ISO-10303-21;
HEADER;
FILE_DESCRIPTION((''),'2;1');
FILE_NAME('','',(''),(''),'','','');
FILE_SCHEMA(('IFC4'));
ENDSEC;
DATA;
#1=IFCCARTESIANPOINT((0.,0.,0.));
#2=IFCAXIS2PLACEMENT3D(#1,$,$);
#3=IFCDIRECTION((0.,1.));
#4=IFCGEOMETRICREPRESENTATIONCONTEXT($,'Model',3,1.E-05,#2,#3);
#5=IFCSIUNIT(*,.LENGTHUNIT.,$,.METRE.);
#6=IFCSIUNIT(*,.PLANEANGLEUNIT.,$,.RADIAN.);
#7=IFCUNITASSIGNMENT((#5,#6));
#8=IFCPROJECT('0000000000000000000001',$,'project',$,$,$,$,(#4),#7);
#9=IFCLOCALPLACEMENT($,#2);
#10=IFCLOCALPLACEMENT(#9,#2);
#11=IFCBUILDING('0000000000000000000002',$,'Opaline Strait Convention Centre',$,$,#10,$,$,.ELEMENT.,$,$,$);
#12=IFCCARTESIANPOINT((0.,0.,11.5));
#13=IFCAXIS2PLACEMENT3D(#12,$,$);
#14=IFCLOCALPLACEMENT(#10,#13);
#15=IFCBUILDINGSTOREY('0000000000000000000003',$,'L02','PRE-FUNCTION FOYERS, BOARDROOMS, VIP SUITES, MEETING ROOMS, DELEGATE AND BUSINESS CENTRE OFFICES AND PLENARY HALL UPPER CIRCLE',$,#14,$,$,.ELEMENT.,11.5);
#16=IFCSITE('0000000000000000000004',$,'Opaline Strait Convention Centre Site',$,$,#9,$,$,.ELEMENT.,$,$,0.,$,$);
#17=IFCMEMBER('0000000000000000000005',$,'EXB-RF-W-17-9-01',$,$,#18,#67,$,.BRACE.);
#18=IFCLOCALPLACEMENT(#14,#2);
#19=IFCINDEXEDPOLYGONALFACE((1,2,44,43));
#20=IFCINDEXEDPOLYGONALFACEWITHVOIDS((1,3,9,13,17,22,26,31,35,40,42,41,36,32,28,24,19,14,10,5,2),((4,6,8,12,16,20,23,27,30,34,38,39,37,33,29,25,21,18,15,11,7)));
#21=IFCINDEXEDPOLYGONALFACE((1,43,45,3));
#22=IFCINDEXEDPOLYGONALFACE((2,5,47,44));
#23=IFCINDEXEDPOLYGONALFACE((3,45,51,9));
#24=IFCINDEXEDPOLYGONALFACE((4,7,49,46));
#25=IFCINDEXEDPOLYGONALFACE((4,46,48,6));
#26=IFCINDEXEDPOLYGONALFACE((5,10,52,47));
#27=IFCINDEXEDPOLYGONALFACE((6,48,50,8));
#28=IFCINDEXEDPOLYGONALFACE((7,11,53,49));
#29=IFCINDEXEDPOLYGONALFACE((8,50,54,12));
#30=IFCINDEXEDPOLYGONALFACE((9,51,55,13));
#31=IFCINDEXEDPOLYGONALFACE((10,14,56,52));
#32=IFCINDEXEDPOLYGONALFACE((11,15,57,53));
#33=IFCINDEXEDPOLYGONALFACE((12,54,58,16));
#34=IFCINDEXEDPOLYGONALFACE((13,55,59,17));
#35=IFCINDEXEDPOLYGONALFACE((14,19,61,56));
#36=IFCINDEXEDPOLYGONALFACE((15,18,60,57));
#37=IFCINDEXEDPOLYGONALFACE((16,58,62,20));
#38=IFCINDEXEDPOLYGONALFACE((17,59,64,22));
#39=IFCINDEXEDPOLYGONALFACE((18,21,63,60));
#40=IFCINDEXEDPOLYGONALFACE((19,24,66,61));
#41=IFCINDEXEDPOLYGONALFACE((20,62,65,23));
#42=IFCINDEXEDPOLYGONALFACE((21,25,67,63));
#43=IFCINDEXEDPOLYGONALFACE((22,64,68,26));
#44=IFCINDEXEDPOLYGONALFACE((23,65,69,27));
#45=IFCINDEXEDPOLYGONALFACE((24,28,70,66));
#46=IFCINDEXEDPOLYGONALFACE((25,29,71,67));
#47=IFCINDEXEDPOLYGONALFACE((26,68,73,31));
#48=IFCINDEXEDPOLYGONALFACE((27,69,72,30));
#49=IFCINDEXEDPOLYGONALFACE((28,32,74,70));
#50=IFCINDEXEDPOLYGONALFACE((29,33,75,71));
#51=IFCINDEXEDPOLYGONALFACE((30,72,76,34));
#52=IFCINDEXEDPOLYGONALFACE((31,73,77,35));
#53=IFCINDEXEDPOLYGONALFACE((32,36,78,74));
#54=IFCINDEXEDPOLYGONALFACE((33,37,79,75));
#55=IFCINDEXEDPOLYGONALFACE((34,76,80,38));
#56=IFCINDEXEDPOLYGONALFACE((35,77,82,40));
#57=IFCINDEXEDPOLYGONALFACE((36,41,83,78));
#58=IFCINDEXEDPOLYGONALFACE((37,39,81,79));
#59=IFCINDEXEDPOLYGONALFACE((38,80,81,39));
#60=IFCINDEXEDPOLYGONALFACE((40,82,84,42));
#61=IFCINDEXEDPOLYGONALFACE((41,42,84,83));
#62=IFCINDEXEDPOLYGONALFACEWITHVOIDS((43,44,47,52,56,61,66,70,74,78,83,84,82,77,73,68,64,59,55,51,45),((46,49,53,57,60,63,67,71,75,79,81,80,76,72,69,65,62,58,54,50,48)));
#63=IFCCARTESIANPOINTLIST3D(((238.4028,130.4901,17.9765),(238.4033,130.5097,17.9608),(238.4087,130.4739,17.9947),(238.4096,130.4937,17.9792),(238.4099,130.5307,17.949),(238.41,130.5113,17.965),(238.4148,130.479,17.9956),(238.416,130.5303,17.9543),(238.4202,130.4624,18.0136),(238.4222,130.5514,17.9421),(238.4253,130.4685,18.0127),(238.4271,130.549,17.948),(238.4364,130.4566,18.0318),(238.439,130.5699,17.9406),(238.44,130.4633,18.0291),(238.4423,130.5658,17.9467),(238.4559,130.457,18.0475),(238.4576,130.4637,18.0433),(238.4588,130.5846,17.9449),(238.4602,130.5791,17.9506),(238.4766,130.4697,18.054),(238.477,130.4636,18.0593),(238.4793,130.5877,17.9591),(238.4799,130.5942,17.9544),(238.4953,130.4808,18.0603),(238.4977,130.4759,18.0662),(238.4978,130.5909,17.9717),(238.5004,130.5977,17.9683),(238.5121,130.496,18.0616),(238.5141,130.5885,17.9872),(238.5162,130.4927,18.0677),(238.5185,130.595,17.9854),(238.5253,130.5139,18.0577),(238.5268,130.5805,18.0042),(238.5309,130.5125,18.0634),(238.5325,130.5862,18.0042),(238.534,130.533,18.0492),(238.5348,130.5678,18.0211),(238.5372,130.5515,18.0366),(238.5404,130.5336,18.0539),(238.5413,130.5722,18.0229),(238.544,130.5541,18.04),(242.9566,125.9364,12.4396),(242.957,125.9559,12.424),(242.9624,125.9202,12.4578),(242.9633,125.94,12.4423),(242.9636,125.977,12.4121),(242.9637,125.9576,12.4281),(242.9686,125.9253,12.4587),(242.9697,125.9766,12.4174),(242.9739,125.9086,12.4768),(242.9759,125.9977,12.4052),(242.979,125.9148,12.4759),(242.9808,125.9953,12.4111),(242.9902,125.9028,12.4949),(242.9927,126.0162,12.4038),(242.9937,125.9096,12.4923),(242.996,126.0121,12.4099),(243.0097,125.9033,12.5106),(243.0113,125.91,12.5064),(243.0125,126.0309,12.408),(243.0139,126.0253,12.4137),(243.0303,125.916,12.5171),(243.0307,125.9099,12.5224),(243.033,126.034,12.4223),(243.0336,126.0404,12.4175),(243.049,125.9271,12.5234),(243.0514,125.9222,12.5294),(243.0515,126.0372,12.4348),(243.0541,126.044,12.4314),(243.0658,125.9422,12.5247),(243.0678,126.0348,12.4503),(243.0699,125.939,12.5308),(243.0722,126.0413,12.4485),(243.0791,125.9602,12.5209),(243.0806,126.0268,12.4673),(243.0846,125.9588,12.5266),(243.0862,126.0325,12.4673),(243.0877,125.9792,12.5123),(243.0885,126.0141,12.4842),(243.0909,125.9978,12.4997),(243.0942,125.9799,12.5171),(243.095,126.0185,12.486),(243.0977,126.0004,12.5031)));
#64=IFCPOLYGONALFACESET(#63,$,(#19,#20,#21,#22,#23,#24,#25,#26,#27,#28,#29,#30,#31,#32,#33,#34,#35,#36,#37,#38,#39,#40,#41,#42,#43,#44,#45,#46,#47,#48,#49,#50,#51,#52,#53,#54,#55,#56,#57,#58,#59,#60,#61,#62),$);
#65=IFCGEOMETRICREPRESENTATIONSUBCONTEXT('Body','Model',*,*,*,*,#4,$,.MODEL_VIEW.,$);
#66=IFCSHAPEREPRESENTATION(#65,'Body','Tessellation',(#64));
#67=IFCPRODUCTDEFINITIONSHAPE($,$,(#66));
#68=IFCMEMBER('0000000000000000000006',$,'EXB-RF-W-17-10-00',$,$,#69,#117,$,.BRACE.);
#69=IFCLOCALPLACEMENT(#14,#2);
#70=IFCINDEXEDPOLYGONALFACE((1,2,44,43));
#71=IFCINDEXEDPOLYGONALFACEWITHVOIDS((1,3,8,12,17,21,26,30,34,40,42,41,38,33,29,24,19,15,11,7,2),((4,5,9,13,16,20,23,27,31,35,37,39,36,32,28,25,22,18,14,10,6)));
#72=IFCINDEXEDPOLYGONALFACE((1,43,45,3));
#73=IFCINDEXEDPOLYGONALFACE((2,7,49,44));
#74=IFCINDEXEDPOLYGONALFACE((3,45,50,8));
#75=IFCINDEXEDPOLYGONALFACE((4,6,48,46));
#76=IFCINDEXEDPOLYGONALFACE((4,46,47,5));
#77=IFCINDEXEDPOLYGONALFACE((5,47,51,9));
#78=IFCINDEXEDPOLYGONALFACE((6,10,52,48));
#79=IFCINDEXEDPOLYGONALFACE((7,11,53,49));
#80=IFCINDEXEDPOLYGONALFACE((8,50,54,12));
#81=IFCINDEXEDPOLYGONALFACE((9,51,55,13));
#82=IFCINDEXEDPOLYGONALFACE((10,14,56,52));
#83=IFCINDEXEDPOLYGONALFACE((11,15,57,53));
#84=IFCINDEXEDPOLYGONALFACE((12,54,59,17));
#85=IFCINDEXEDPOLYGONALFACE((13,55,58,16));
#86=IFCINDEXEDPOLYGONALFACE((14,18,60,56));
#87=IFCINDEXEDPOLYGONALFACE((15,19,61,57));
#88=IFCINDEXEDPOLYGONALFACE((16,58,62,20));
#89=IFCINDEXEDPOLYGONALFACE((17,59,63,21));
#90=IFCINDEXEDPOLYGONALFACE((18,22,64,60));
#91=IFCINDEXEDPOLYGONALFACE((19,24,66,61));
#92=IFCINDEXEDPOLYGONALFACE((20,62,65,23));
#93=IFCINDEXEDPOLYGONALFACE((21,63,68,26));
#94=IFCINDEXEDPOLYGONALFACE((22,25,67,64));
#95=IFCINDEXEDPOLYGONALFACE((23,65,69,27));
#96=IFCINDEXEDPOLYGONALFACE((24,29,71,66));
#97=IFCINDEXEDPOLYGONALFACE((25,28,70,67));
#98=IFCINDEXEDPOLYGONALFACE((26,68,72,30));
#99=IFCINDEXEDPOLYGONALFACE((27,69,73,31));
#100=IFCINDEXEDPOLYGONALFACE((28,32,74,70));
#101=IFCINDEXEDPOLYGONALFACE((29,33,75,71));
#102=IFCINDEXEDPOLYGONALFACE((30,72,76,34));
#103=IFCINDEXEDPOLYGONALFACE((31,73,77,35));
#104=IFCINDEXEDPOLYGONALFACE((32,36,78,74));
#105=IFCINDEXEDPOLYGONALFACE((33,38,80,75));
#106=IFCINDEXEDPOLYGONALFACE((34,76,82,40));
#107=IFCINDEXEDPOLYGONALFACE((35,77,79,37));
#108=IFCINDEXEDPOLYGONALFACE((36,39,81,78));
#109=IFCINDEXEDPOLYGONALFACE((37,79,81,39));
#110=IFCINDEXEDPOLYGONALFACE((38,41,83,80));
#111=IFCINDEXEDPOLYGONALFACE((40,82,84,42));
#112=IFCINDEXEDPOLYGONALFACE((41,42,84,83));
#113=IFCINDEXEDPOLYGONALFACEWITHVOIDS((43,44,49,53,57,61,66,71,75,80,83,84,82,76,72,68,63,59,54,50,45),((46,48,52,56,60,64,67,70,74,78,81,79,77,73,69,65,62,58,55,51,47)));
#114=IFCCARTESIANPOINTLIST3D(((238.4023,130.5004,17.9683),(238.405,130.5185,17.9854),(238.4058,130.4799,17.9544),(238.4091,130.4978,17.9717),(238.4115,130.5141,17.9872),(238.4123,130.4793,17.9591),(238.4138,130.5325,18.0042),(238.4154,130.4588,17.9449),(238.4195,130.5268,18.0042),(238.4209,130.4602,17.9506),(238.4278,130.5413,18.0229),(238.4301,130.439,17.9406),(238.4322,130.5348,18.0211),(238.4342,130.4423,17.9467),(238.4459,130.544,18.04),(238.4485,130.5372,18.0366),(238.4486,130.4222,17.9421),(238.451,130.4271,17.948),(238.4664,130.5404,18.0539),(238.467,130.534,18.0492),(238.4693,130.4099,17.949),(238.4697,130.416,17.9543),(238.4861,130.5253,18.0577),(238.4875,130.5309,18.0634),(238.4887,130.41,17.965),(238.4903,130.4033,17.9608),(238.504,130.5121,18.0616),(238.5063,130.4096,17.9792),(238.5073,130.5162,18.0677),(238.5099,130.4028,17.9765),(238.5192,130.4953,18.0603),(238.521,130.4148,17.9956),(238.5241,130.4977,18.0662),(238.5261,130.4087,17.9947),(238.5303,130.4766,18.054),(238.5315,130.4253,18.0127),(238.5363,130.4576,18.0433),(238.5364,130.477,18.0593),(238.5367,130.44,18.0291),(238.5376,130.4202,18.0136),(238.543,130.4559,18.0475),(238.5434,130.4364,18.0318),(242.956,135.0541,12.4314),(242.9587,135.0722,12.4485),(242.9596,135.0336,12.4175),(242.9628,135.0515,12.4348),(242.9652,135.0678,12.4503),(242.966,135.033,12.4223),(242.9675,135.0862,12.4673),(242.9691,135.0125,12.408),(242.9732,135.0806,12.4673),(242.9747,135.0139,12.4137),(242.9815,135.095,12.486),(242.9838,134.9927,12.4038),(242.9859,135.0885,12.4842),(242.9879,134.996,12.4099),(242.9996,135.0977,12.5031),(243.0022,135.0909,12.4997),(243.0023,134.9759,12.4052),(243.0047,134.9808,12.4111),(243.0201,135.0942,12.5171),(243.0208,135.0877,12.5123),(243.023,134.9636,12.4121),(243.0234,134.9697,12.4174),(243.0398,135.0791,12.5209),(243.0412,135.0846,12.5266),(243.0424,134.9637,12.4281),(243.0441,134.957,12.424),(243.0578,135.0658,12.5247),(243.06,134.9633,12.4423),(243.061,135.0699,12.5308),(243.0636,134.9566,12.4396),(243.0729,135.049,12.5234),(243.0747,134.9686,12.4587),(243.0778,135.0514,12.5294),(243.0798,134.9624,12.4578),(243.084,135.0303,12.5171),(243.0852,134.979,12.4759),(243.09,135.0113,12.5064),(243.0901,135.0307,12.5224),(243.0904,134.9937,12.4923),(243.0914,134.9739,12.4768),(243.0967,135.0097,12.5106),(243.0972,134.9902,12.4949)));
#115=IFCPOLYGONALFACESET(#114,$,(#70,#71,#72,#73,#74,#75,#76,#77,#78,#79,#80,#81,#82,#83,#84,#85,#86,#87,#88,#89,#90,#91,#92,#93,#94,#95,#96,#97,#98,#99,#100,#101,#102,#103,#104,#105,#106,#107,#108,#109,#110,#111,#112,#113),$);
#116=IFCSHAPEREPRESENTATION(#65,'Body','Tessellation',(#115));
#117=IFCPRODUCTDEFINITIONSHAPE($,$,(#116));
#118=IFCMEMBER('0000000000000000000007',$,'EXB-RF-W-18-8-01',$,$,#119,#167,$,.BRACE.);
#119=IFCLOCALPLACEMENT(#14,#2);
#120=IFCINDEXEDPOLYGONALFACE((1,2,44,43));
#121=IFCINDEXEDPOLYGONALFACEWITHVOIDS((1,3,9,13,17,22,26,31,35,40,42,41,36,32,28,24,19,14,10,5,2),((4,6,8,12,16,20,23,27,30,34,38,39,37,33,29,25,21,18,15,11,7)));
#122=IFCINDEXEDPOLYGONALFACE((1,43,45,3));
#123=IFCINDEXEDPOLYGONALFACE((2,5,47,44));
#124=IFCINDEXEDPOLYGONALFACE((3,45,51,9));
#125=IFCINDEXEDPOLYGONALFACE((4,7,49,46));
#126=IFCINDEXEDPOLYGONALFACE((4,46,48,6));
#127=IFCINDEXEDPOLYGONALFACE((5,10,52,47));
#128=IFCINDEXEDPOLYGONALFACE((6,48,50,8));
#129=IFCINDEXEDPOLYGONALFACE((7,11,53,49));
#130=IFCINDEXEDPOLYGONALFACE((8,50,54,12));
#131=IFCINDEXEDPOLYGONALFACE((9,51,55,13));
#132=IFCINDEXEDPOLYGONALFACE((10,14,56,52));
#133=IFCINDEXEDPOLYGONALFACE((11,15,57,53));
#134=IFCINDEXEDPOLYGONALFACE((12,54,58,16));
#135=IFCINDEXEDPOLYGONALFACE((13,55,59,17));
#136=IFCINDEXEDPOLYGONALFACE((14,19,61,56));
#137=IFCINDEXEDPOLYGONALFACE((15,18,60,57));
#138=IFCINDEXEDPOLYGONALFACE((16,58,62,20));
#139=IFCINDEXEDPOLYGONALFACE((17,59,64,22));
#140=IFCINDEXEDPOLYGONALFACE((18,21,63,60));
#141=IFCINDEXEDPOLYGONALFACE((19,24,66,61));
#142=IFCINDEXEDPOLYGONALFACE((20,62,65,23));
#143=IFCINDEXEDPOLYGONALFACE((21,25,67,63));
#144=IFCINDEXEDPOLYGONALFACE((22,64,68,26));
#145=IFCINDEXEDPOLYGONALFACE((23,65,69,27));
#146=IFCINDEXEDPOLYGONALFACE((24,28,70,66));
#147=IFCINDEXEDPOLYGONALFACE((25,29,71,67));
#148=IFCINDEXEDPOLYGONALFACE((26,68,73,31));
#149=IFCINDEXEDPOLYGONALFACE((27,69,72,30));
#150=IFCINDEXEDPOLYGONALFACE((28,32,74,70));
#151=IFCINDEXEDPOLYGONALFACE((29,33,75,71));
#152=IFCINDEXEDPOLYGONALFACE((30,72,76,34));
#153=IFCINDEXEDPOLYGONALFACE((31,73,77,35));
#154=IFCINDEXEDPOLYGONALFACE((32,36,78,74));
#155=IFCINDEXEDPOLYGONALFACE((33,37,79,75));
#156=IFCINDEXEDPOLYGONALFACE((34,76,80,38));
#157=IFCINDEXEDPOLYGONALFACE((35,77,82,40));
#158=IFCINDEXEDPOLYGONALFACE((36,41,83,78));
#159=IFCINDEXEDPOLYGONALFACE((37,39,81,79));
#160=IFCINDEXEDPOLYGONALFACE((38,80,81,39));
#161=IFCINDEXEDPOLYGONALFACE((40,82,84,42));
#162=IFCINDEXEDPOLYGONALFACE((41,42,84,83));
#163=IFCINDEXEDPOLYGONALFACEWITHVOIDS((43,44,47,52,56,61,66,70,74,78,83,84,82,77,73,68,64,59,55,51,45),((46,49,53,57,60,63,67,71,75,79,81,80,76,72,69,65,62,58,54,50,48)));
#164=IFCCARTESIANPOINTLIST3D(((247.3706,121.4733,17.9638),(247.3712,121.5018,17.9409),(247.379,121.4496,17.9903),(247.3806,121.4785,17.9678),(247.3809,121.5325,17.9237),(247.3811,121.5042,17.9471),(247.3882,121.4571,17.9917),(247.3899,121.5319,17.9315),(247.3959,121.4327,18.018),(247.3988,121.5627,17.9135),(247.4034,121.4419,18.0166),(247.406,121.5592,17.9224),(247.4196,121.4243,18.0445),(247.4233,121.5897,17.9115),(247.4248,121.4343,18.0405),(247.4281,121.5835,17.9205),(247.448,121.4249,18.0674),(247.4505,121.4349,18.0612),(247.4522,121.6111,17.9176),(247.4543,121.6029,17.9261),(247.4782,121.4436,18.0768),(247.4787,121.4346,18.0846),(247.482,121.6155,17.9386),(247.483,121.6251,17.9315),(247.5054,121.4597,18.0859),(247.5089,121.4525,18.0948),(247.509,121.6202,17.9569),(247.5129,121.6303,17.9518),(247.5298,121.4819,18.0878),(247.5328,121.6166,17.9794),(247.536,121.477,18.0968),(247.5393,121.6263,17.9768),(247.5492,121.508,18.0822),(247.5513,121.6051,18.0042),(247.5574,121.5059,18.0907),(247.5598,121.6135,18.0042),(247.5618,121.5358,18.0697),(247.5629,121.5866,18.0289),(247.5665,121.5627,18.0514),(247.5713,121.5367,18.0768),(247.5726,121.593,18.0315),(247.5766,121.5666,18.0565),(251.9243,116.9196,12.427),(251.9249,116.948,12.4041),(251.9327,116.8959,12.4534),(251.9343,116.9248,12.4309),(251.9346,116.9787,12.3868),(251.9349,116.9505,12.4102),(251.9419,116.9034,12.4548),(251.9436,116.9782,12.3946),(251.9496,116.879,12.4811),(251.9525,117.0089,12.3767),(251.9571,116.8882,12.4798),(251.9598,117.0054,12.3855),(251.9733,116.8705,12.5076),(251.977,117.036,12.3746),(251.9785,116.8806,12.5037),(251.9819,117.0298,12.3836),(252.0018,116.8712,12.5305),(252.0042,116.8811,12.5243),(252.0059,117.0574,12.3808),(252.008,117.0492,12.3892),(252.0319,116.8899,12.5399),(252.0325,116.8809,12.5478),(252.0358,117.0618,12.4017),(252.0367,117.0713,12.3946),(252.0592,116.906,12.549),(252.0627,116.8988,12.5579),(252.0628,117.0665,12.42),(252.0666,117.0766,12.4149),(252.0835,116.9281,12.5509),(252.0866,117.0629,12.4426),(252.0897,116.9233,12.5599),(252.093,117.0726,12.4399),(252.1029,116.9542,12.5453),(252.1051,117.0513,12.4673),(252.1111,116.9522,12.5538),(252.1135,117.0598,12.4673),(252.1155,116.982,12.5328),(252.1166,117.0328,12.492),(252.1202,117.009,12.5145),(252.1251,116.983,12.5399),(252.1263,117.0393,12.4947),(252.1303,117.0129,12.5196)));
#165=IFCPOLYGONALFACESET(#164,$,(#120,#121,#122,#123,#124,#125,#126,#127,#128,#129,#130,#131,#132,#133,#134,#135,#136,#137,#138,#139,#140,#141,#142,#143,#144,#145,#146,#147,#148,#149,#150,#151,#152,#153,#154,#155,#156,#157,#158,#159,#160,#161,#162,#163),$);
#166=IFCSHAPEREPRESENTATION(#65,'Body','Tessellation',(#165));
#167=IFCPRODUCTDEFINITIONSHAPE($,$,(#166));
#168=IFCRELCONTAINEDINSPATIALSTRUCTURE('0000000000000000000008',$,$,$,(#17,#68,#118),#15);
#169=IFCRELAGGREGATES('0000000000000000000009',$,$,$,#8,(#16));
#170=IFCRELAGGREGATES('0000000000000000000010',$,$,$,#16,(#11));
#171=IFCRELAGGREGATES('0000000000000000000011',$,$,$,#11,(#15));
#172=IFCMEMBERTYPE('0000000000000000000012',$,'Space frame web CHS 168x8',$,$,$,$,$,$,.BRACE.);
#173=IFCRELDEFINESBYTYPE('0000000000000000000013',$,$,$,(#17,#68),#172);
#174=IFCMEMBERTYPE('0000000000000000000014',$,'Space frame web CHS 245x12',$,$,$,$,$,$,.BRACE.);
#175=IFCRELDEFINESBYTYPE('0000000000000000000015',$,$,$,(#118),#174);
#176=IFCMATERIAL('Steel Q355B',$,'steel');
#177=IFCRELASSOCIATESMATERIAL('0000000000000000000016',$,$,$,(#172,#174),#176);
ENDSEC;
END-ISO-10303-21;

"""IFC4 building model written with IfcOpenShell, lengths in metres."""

from ifc_helpers import new_model, si_unit, direction, frame, origin, origin_2d, place, context, subcontext, project, spatial, hollow_circle, extrude, material, material_profile, profile_set, type_object, element, save


model = new_model("IFC4")

# Units and contexts
model_context = context("Model", 3, precision=1e-05, world=origin(), true_north=direction((0.0, 1.0)))
body_context = subcontext(model_context, "Body", "Model", "MODEL_VIEW")
ifc_project = project(units=[si_unit("LENGTHUNIT", "METRE"), si_unit("PLANEANGLEUNIT", "RADIAN")], contexts=[model_context])

# Site, building, storey
site_placement = place(None, origin())
site = spatial("IfcSite", under=ifc_project, at=site_placement, Name="Opaline Strait Convention Centre Site", CompositionType="ELEMENT", RefElevation=0.0)
building_placement = place(site_placement, origin())
building = spatial("IfcBuilding", under=site, at=building_placement, Name="Opaline Strait Convention Centre", CompositionType="ELEMENT")
storey_placement = place(building_placement, frame((0.0, 0.0, 11.5)))
storey = spatial("IfcBuildingStorey", under=building, at=storey_placement, Name="L02", Description="PRE-FUNCTION FOYERS, BOARDROOMS, VIP SUITES, MEETING ROOMS, DELEGATE AND BUSINESS CENTRE OFFICES AND PLENARY HALL UPPER CIRCLE", CompositionType="ELEMENT", Elevation=11.5)

# Members
ifc_material = material(Name="Steel Q355B", Category="steel")
ifc_material_profile_1 = material_profile(ifc_material, hollow_circle(Radius=0.084, WallThickness=0.0081, at=origin_2d()), Name="CHS 168x8")
ifc_profile_set_1 = profile_set([ifc_material_profile_1], Name="Steel Q355B")
member_type_1 = type_object("IfcMemberType", Name="Space frame web CHS 168x8", PredefinedType="BRACE", material=ifc_profile_set_1)
for number, where, z_axis, x_axis, name in (
    (1, (238.4731, 130.5269, 18.0042), (0.536178, -0.536178, -0.65194), (0.707107, 0.707107, 0.0), "EXB-RF-W-17-9-01"),
    (2, (238.4731, 130.4731, 18.0042), (0.536178, 0.536178, -0.65194), (-0.707107, 0.707107, 0.0), "EXB-RF-W-17-10-00"),
):
    element("IfcMember", number, at=place(storey_placement, frame(where, z_axis=z_axis, x_axis=x_axis)), inside=storey, type_object=member_type_1, Name=name, PredefinedType="BRACE", context=body_context, shape_type="SweptSolid", body=[
        extrude(hollow_circle(Radius=0.084, WallThickness=0.0081, at=origin_2d()), origin(), (0.0, 0.0, 1.0), 8.4929),
    ])
ifc_material_profile_2 = material_profile(ifc_material, hollow_circle(Radius=0.1226, WallThickness=0.012, at=origin_2d()), Name="CHS 245x12")
ifc_profile_set_2 = profile_set([ifc_material_profile_2], Name="Steel Q355B")
member_type_2 = type_object("IfcMemberType", Name="Space frame web CHS 245x12", PredefinedType="BRACE", material=ifc_profile_set_2)
for number, where, z_axis, x_axis, name in (
    (3, (247.4731, 121.5269, 18.0042), (0.536178, -0.536178, -0.65194), (0.707107, 0.707107, 0.0), "EXB-RF-W-18-8-01"),
):
    element("IfcMember", number, at=place(storey_placement, frame(where, z_axis=z_axis, x_axis=x_axis)), inside=storey, type_object=member_type_2, Name=name, PredefinedType="BRACE", context=body_context, shape_type="SweptSolid", body=[
        extrude(hollow_circle(Radius=0.1226, WallThickness=0.012, at=origin_2d()), origin(), (0.0, 0.0, 1.0), 8.4929),
    ])

save(model, "model.ifc")
